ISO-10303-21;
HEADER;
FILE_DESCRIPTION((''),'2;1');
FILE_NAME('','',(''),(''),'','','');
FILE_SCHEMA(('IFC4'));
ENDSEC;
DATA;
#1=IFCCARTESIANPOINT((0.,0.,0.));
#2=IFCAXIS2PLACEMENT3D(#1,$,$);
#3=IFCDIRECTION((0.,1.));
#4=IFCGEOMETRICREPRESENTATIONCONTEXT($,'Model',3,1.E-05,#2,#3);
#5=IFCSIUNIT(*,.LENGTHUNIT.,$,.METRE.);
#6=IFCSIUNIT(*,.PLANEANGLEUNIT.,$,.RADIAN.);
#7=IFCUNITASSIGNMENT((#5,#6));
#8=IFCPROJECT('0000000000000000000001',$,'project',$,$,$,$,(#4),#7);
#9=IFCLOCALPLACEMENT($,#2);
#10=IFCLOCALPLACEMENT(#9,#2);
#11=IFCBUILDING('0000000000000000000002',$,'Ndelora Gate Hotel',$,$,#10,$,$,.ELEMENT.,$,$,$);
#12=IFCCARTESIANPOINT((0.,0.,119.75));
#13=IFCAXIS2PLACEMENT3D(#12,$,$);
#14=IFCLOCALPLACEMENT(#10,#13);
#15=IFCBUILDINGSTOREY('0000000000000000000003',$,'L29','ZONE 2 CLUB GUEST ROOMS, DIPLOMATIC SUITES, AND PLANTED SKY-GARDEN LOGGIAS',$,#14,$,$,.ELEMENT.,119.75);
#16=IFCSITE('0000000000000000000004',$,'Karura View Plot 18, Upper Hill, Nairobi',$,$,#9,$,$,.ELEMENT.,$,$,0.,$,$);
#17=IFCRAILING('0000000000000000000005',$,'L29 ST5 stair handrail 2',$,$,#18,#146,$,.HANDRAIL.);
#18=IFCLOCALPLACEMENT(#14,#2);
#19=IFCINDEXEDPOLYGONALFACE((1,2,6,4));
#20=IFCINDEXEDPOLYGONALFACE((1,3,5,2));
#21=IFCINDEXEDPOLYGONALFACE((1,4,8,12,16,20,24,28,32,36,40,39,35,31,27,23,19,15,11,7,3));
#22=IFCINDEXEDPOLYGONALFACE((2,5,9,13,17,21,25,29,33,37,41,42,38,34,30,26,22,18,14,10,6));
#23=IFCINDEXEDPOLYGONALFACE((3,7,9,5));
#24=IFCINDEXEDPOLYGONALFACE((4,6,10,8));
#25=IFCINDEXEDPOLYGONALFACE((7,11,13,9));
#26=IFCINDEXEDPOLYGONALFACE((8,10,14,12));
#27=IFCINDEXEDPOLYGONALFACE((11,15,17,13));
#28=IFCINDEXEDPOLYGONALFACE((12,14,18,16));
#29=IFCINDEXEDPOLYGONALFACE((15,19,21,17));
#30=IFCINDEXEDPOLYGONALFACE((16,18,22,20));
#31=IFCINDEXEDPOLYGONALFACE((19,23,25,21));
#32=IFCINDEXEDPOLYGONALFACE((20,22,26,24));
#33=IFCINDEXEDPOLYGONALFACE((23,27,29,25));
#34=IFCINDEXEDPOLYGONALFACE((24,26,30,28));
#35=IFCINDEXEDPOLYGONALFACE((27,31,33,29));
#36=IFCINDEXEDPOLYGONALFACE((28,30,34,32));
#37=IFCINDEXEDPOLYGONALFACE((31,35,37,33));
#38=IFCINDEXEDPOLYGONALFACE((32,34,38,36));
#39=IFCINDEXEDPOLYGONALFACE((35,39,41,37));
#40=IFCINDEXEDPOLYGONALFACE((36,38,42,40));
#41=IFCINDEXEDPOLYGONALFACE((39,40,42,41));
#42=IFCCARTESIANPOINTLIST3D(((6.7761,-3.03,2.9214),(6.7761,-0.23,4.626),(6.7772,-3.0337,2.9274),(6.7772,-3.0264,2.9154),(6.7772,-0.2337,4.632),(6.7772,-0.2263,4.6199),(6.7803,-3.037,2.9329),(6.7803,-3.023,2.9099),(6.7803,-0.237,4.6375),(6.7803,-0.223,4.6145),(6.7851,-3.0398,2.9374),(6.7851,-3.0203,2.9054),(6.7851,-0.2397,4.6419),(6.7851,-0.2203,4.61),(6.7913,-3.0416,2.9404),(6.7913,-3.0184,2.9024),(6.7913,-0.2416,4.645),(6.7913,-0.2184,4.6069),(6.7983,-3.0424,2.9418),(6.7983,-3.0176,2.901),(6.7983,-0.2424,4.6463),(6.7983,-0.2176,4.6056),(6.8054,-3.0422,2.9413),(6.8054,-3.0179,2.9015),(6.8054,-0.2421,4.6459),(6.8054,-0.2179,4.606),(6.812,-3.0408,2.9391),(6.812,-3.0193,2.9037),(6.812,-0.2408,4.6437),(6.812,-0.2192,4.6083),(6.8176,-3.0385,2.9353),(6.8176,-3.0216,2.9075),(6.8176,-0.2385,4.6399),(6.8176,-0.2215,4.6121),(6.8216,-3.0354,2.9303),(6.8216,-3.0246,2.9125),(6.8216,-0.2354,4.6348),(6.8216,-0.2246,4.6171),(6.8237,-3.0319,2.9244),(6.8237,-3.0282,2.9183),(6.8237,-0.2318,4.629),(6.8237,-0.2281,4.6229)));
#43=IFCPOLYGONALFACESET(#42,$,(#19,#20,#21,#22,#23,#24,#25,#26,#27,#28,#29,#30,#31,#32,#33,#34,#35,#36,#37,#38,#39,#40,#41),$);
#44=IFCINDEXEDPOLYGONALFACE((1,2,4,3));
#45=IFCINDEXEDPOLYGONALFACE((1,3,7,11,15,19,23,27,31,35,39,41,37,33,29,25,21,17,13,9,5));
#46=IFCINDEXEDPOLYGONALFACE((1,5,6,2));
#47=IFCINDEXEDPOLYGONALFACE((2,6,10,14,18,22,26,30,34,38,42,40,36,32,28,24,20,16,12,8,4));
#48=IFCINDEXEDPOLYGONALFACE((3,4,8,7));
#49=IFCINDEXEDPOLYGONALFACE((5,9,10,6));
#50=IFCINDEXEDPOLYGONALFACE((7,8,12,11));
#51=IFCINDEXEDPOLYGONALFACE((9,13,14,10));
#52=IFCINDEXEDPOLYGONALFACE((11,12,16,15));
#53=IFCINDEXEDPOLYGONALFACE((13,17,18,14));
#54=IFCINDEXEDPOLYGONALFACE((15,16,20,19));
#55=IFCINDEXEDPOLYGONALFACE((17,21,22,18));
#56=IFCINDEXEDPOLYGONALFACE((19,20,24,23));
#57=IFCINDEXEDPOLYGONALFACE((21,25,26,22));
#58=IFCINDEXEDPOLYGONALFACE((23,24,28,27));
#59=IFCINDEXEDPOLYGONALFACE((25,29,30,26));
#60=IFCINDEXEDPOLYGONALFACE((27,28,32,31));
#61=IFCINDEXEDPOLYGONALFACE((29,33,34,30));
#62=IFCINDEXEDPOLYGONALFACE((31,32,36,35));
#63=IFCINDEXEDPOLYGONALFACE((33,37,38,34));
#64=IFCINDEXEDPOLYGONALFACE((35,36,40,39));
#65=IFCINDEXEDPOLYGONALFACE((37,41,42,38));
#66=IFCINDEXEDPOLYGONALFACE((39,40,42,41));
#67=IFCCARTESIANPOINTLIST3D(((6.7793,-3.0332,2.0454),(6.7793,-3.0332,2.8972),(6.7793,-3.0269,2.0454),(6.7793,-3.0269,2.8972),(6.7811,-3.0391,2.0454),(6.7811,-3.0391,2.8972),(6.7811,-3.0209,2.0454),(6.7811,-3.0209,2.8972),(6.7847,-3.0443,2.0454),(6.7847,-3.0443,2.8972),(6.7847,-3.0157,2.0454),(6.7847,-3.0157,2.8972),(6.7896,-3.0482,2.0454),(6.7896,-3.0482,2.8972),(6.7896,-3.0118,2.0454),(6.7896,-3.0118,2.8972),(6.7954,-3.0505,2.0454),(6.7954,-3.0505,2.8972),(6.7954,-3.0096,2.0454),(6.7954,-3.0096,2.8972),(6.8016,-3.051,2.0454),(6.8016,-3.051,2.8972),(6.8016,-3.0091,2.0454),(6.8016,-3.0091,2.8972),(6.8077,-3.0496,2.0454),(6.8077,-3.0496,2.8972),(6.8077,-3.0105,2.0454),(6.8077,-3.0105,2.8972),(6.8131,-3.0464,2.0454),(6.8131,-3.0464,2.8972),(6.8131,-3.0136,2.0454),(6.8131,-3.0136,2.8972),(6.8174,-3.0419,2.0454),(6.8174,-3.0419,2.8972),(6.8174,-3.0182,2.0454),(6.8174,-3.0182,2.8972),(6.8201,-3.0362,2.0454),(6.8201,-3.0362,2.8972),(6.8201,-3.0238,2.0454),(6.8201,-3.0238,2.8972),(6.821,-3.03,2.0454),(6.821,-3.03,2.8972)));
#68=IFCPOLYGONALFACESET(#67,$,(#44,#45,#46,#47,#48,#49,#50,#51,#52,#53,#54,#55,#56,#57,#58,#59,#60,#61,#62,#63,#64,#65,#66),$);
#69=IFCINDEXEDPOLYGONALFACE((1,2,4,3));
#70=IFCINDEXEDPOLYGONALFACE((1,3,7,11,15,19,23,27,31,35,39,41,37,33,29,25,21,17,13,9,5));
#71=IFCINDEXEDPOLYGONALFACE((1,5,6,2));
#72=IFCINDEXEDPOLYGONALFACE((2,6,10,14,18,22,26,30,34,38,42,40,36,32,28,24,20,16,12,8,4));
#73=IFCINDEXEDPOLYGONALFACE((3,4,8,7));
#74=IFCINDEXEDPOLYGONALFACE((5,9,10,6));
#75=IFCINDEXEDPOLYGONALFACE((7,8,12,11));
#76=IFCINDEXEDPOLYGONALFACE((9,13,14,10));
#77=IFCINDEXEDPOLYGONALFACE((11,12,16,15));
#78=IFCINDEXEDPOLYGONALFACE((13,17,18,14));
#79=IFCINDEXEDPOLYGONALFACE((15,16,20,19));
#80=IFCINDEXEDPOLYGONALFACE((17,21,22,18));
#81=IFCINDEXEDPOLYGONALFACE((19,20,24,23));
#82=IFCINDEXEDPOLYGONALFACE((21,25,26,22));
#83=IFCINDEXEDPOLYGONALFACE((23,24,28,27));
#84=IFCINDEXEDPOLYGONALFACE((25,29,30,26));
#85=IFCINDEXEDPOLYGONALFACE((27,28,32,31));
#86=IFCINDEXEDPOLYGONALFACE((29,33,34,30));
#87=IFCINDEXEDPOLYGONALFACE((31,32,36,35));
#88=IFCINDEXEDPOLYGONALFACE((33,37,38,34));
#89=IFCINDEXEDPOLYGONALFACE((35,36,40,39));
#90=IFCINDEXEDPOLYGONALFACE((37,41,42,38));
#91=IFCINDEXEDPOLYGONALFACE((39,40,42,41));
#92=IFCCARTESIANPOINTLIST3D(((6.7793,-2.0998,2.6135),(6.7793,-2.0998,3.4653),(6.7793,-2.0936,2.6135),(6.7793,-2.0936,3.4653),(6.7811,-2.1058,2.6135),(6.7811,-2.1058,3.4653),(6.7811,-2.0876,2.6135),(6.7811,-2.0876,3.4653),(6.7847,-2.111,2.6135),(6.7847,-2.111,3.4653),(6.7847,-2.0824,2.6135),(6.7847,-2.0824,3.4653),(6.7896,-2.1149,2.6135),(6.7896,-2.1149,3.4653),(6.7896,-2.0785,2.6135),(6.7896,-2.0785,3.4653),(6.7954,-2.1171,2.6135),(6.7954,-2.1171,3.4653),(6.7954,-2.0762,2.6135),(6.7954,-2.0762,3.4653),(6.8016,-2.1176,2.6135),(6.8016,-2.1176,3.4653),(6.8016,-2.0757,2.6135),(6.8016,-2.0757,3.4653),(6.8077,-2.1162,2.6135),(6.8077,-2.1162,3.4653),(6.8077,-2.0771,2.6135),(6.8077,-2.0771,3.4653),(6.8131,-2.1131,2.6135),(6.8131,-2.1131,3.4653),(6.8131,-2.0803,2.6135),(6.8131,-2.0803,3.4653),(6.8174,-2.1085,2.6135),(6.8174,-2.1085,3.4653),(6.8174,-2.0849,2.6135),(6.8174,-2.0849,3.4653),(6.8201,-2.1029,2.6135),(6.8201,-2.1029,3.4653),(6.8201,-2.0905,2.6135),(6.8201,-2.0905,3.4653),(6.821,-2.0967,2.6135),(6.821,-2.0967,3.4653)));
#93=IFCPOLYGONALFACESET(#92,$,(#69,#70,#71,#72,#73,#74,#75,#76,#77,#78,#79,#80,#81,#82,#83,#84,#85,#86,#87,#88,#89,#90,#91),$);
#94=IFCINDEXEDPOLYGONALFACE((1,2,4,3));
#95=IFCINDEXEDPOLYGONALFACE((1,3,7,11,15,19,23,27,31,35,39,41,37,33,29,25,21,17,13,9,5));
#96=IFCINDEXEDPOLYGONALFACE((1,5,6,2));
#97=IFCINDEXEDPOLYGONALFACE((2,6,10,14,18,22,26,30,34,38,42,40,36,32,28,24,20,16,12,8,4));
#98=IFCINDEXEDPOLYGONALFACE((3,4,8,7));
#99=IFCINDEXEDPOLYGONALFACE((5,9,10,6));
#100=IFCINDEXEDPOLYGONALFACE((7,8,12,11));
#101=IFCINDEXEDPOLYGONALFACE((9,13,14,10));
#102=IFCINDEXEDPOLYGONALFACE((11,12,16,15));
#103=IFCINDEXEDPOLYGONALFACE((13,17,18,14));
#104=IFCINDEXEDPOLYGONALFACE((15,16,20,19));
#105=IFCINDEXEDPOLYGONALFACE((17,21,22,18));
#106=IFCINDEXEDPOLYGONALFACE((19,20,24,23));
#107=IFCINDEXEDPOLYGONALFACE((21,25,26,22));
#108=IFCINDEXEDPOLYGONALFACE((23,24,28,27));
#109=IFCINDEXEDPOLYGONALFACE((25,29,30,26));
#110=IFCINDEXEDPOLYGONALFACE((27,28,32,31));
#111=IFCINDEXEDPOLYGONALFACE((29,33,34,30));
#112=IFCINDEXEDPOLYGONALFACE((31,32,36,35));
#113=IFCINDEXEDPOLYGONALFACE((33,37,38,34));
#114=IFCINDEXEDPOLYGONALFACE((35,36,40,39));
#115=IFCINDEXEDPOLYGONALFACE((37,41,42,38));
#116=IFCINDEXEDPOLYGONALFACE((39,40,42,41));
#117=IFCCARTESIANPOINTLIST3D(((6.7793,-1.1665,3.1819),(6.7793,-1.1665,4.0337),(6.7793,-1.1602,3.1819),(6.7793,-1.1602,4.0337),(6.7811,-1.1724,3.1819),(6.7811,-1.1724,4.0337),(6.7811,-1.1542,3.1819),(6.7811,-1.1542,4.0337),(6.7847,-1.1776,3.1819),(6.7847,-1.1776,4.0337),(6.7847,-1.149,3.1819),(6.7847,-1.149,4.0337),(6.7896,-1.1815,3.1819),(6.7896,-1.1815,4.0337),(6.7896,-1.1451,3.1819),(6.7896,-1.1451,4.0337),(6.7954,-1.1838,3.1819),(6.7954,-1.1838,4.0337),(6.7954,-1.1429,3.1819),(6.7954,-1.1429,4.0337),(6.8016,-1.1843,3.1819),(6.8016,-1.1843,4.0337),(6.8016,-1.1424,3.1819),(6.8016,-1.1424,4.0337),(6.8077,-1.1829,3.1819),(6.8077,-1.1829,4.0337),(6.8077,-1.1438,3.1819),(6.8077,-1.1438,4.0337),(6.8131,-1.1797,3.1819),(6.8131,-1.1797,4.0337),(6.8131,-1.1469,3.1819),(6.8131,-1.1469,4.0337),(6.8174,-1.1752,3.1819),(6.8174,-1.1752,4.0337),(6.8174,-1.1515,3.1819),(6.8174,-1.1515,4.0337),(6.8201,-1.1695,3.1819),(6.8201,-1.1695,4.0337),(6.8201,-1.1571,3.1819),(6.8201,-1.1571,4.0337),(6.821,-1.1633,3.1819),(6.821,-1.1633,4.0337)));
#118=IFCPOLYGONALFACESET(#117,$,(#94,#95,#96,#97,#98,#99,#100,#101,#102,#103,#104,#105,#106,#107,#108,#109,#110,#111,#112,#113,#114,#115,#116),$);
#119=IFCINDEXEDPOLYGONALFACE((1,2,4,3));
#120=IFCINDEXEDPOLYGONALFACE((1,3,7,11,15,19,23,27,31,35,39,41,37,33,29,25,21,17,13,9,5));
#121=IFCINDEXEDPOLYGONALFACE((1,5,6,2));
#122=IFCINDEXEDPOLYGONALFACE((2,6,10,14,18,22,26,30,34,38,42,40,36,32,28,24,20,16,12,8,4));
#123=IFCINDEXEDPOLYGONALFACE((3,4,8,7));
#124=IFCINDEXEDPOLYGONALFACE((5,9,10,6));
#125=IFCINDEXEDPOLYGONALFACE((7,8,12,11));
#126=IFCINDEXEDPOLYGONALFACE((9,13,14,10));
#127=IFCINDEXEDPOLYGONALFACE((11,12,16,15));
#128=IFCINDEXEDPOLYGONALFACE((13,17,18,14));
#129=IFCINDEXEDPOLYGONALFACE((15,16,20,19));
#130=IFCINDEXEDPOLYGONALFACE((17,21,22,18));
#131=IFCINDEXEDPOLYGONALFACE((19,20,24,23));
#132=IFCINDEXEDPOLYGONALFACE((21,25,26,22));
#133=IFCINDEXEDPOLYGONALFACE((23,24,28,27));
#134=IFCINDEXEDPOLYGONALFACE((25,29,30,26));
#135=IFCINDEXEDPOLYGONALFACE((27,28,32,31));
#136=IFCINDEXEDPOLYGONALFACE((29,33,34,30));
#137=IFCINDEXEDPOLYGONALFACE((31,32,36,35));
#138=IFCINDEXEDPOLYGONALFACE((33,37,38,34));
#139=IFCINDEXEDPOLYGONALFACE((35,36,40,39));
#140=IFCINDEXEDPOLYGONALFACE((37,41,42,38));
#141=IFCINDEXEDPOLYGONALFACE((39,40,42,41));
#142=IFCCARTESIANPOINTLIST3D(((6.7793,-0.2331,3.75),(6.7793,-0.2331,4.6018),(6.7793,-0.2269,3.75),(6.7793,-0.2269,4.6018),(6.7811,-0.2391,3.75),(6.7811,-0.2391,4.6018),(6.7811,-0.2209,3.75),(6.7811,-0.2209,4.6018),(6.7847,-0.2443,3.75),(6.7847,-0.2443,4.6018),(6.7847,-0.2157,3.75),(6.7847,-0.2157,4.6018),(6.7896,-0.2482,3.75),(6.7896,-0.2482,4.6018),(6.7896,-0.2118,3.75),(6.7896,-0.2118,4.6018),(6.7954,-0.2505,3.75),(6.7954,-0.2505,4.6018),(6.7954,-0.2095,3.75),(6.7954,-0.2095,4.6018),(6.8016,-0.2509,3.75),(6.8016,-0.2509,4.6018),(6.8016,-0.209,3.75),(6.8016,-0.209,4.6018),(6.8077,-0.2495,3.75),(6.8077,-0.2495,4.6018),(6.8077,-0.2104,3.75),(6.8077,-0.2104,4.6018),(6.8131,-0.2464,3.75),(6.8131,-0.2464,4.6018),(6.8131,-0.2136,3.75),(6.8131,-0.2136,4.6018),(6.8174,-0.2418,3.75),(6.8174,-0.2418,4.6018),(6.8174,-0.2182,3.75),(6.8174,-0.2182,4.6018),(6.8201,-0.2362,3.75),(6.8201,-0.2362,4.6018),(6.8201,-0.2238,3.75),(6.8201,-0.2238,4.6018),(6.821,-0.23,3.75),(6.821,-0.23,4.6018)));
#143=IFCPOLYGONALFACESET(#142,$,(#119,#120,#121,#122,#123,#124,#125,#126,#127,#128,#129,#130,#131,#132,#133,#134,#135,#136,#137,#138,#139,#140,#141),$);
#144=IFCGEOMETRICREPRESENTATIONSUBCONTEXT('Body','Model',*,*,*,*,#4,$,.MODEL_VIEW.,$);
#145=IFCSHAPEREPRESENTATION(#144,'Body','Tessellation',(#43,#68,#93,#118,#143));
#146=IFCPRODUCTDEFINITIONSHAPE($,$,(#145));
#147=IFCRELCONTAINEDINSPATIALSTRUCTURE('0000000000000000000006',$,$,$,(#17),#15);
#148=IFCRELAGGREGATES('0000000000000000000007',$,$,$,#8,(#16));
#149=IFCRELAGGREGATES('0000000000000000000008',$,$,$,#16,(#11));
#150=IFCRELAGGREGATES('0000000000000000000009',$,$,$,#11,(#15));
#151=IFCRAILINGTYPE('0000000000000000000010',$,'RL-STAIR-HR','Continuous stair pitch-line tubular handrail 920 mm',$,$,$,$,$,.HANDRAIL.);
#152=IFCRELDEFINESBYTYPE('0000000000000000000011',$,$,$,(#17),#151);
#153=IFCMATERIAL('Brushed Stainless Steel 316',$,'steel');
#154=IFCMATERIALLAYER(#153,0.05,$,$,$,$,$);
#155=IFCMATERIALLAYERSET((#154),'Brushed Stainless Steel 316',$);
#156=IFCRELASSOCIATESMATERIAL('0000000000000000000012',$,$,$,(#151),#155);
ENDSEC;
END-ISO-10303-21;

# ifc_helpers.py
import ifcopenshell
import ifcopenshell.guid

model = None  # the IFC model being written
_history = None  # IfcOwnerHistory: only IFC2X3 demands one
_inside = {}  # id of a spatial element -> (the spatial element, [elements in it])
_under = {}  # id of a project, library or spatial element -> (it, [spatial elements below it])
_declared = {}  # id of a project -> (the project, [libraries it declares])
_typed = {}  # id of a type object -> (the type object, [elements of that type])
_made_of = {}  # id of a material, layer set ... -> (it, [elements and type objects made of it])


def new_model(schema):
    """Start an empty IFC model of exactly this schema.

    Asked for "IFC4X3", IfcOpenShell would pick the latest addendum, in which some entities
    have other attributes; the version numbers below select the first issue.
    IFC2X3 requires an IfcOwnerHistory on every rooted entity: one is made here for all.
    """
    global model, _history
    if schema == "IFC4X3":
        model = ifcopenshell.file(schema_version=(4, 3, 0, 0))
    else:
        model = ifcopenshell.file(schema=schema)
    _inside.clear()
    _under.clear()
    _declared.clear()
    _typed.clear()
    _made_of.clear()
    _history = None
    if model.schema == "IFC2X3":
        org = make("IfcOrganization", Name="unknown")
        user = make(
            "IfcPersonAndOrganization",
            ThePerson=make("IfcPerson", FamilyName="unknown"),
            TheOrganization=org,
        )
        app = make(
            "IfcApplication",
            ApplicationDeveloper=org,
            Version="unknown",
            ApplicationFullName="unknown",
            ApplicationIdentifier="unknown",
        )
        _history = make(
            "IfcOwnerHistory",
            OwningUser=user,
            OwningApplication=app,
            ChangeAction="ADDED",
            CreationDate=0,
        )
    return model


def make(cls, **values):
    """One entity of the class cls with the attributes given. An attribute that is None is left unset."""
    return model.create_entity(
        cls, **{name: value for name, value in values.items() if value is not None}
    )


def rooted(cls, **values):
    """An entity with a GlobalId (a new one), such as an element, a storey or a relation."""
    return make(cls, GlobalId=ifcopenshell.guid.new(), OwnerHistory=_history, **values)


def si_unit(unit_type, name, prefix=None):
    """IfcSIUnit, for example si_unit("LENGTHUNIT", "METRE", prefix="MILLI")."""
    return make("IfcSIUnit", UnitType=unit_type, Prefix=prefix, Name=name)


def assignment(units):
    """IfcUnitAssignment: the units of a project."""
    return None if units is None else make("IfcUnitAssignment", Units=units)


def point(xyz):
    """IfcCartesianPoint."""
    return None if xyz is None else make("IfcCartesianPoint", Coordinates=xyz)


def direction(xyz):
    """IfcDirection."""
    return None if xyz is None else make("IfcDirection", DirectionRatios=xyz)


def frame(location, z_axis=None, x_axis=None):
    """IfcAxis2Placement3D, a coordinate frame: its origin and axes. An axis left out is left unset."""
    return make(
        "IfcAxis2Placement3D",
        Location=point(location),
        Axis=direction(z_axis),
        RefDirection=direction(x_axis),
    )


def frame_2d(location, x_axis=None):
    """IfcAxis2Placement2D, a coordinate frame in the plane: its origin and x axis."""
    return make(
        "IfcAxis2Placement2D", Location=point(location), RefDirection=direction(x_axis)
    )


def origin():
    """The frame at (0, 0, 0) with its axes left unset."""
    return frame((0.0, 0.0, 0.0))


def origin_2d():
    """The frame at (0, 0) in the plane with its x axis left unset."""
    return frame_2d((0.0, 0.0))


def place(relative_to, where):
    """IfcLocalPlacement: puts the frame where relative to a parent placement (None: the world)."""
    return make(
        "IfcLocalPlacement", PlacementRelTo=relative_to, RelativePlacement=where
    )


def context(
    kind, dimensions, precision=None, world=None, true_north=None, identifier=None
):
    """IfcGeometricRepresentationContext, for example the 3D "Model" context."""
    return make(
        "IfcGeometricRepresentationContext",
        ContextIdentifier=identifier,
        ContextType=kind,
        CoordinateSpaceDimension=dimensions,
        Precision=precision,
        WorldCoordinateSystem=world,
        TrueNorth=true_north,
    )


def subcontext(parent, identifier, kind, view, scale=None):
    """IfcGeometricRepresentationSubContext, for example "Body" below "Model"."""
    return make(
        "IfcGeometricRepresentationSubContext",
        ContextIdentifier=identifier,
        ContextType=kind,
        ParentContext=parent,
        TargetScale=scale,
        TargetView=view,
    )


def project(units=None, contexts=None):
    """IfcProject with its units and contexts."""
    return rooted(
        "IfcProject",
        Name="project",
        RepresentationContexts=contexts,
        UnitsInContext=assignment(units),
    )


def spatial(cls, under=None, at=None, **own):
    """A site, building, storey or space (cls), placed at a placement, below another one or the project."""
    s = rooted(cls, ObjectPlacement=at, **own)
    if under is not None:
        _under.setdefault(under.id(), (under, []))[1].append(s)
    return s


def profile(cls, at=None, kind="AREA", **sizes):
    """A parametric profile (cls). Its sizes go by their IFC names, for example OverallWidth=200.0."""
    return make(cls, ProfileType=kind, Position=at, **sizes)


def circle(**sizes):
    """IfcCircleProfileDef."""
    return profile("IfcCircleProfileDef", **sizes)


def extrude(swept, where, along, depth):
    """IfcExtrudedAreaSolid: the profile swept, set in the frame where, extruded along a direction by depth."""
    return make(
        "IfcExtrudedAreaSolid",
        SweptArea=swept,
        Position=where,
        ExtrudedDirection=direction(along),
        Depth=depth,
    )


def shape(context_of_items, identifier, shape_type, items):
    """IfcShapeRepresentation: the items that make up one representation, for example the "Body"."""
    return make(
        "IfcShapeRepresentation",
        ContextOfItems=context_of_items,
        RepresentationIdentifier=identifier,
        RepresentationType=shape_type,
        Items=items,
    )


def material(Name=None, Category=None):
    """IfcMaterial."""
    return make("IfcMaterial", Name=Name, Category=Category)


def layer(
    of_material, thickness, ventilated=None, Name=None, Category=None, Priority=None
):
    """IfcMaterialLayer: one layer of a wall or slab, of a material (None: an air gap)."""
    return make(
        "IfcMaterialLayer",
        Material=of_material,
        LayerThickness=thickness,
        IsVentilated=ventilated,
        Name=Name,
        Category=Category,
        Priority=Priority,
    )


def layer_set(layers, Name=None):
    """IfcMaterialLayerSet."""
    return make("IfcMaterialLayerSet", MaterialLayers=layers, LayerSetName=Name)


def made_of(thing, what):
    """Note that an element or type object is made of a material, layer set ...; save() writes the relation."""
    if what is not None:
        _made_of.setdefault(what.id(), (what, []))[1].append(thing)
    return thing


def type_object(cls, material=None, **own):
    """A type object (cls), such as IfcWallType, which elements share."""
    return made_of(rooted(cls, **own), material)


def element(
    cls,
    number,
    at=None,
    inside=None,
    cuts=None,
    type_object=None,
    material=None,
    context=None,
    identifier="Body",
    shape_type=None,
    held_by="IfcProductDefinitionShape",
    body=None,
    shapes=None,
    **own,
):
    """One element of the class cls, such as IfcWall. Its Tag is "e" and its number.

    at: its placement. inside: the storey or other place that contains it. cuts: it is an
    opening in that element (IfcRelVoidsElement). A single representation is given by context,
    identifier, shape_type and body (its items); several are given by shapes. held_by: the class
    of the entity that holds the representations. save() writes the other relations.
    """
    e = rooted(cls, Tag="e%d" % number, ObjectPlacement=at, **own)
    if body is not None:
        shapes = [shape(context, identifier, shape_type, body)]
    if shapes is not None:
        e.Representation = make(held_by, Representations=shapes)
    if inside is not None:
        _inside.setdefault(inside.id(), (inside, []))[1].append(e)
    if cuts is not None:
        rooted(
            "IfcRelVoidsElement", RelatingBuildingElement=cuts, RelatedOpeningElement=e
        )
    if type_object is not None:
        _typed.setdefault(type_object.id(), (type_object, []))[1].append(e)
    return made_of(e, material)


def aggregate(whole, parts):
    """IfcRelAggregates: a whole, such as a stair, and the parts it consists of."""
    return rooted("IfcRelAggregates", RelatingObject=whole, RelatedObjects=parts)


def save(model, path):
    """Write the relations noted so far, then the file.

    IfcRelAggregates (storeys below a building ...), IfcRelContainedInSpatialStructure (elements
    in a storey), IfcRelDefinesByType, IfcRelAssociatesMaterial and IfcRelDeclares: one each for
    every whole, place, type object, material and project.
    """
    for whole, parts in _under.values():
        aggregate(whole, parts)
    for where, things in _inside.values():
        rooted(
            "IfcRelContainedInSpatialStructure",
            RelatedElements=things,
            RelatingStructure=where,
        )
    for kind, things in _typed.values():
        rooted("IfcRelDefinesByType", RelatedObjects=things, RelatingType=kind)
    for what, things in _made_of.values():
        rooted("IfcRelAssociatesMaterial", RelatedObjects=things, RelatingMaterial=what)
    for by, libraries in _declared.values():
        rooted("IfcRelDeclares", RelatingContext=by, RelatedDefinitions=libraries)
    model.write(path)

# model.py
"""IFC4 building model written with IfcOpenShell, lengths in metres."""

from ifc_helpers import new_model, si_unit, direction, frame, origin, origin_2d, place, context, subcontext, project, spatial, circle, extrude, material, layer, layer_set, type_object, element, save


model = new_model("IFC4")

# Units and contexts
model_context = context("Model", 3, precision=1e-05, world=origin(), true_north=direction((0.0, 1.0)))
body_context = subcontext(model_context, "Body", "Model", "MODEL_VIEW")
ifc_project = project(units=[si_unit("LENGTHUNIT", "METRE"), si_unit("PLANEANGLEUNIT", "RADIAN")], contexts=[model_context])

# Site, building, storey
site_placement = place(None, origin())
site = spatial("IfcSite", under=ifc_project, at=site_placement, Name="Karura View Plot 18, Upper Hill, Nairobi", CompositionType="ELEMENT", RefElevation=0.0)
building_placement = place(site_placement, origin())
building = spatial("IfcBuilding", under=site, at=building_placement, Name="Ndelora Gate Hotel", CompositionType="ELEMENT")
storey_placement = place(building_placement, frame((0.0, 0.0, 119.75)))
storey = spatial("IfcBuildingStorey", under=building, at=storey_placement, Name="L29", Description="ZONE 2 CLUB GUEST ROOMS, DIPLOMATIC SUITES, AND PLANTED SKY-GARDEN LOGGIAS", CompositionType="ELEMENT", Elevation=119.75)

# Railing
ifc_material_1 = material(Name="Brushed Stainless Steel 316", Category="steel")
ifc_layer_1 = layer(ifc_material_1, 0.05)
ifc_layer_set_1 = layer_set([ifc_layer_1], Name="Brushed Stainless Steel 316")
railing_type_1 = type_object("IfcRailingType", Name="RL-STAIR-HR", Description="Continuous stair pitch-line tubular handrail 920 mm", PredefinedType="HANDRAIL", material=ifc_layer_set_1)
railing_1_placement = place(storey_placement, frame((6.8, -3.03, 2.0454)))
element("IfcRailing", 1, at=railing_1_placement, inside=storey, type_object=railing_type_1, Name="L29 ST5 stair handrail 2", PredefinedType="HANDRAIL", context=body_context, shape_type="SweptSolid", body=[
    extrude(circle(Radius=0.0239, at=origin_2d()), frame((0.0, 0.0, 0.876), z_axis=(0.0, 0.85417, 0.519994), x_axis=(-1.0, 0.0, 0.0)), (0.0, 0.0, 1.0), 3.2781),
    extrude(circle(Radius=0.021, at=origin_2d()), origin(), (0.0, 0.0, 1.0), 0.8518),
    extrude(circle(Radius=0.021, at=origin_2d()), frame((0.0, 0.9333, 0.5681)), (0.0, 0.0, 1.0), 0.8518),
    extrude(circle(Radius=0.021, at=origin_2d()), frame((0.0, 1.8667, 1.1365)), (0.0, 0.0, 1.0), 0.8518),
    extrude(circle(Radius=0.021, at=origin_2d()), frame((0.0, 2.8, 1.7046)), (0.0, 0.0, 1.0), 0.8518),
])

save(model, "model.ifc")
